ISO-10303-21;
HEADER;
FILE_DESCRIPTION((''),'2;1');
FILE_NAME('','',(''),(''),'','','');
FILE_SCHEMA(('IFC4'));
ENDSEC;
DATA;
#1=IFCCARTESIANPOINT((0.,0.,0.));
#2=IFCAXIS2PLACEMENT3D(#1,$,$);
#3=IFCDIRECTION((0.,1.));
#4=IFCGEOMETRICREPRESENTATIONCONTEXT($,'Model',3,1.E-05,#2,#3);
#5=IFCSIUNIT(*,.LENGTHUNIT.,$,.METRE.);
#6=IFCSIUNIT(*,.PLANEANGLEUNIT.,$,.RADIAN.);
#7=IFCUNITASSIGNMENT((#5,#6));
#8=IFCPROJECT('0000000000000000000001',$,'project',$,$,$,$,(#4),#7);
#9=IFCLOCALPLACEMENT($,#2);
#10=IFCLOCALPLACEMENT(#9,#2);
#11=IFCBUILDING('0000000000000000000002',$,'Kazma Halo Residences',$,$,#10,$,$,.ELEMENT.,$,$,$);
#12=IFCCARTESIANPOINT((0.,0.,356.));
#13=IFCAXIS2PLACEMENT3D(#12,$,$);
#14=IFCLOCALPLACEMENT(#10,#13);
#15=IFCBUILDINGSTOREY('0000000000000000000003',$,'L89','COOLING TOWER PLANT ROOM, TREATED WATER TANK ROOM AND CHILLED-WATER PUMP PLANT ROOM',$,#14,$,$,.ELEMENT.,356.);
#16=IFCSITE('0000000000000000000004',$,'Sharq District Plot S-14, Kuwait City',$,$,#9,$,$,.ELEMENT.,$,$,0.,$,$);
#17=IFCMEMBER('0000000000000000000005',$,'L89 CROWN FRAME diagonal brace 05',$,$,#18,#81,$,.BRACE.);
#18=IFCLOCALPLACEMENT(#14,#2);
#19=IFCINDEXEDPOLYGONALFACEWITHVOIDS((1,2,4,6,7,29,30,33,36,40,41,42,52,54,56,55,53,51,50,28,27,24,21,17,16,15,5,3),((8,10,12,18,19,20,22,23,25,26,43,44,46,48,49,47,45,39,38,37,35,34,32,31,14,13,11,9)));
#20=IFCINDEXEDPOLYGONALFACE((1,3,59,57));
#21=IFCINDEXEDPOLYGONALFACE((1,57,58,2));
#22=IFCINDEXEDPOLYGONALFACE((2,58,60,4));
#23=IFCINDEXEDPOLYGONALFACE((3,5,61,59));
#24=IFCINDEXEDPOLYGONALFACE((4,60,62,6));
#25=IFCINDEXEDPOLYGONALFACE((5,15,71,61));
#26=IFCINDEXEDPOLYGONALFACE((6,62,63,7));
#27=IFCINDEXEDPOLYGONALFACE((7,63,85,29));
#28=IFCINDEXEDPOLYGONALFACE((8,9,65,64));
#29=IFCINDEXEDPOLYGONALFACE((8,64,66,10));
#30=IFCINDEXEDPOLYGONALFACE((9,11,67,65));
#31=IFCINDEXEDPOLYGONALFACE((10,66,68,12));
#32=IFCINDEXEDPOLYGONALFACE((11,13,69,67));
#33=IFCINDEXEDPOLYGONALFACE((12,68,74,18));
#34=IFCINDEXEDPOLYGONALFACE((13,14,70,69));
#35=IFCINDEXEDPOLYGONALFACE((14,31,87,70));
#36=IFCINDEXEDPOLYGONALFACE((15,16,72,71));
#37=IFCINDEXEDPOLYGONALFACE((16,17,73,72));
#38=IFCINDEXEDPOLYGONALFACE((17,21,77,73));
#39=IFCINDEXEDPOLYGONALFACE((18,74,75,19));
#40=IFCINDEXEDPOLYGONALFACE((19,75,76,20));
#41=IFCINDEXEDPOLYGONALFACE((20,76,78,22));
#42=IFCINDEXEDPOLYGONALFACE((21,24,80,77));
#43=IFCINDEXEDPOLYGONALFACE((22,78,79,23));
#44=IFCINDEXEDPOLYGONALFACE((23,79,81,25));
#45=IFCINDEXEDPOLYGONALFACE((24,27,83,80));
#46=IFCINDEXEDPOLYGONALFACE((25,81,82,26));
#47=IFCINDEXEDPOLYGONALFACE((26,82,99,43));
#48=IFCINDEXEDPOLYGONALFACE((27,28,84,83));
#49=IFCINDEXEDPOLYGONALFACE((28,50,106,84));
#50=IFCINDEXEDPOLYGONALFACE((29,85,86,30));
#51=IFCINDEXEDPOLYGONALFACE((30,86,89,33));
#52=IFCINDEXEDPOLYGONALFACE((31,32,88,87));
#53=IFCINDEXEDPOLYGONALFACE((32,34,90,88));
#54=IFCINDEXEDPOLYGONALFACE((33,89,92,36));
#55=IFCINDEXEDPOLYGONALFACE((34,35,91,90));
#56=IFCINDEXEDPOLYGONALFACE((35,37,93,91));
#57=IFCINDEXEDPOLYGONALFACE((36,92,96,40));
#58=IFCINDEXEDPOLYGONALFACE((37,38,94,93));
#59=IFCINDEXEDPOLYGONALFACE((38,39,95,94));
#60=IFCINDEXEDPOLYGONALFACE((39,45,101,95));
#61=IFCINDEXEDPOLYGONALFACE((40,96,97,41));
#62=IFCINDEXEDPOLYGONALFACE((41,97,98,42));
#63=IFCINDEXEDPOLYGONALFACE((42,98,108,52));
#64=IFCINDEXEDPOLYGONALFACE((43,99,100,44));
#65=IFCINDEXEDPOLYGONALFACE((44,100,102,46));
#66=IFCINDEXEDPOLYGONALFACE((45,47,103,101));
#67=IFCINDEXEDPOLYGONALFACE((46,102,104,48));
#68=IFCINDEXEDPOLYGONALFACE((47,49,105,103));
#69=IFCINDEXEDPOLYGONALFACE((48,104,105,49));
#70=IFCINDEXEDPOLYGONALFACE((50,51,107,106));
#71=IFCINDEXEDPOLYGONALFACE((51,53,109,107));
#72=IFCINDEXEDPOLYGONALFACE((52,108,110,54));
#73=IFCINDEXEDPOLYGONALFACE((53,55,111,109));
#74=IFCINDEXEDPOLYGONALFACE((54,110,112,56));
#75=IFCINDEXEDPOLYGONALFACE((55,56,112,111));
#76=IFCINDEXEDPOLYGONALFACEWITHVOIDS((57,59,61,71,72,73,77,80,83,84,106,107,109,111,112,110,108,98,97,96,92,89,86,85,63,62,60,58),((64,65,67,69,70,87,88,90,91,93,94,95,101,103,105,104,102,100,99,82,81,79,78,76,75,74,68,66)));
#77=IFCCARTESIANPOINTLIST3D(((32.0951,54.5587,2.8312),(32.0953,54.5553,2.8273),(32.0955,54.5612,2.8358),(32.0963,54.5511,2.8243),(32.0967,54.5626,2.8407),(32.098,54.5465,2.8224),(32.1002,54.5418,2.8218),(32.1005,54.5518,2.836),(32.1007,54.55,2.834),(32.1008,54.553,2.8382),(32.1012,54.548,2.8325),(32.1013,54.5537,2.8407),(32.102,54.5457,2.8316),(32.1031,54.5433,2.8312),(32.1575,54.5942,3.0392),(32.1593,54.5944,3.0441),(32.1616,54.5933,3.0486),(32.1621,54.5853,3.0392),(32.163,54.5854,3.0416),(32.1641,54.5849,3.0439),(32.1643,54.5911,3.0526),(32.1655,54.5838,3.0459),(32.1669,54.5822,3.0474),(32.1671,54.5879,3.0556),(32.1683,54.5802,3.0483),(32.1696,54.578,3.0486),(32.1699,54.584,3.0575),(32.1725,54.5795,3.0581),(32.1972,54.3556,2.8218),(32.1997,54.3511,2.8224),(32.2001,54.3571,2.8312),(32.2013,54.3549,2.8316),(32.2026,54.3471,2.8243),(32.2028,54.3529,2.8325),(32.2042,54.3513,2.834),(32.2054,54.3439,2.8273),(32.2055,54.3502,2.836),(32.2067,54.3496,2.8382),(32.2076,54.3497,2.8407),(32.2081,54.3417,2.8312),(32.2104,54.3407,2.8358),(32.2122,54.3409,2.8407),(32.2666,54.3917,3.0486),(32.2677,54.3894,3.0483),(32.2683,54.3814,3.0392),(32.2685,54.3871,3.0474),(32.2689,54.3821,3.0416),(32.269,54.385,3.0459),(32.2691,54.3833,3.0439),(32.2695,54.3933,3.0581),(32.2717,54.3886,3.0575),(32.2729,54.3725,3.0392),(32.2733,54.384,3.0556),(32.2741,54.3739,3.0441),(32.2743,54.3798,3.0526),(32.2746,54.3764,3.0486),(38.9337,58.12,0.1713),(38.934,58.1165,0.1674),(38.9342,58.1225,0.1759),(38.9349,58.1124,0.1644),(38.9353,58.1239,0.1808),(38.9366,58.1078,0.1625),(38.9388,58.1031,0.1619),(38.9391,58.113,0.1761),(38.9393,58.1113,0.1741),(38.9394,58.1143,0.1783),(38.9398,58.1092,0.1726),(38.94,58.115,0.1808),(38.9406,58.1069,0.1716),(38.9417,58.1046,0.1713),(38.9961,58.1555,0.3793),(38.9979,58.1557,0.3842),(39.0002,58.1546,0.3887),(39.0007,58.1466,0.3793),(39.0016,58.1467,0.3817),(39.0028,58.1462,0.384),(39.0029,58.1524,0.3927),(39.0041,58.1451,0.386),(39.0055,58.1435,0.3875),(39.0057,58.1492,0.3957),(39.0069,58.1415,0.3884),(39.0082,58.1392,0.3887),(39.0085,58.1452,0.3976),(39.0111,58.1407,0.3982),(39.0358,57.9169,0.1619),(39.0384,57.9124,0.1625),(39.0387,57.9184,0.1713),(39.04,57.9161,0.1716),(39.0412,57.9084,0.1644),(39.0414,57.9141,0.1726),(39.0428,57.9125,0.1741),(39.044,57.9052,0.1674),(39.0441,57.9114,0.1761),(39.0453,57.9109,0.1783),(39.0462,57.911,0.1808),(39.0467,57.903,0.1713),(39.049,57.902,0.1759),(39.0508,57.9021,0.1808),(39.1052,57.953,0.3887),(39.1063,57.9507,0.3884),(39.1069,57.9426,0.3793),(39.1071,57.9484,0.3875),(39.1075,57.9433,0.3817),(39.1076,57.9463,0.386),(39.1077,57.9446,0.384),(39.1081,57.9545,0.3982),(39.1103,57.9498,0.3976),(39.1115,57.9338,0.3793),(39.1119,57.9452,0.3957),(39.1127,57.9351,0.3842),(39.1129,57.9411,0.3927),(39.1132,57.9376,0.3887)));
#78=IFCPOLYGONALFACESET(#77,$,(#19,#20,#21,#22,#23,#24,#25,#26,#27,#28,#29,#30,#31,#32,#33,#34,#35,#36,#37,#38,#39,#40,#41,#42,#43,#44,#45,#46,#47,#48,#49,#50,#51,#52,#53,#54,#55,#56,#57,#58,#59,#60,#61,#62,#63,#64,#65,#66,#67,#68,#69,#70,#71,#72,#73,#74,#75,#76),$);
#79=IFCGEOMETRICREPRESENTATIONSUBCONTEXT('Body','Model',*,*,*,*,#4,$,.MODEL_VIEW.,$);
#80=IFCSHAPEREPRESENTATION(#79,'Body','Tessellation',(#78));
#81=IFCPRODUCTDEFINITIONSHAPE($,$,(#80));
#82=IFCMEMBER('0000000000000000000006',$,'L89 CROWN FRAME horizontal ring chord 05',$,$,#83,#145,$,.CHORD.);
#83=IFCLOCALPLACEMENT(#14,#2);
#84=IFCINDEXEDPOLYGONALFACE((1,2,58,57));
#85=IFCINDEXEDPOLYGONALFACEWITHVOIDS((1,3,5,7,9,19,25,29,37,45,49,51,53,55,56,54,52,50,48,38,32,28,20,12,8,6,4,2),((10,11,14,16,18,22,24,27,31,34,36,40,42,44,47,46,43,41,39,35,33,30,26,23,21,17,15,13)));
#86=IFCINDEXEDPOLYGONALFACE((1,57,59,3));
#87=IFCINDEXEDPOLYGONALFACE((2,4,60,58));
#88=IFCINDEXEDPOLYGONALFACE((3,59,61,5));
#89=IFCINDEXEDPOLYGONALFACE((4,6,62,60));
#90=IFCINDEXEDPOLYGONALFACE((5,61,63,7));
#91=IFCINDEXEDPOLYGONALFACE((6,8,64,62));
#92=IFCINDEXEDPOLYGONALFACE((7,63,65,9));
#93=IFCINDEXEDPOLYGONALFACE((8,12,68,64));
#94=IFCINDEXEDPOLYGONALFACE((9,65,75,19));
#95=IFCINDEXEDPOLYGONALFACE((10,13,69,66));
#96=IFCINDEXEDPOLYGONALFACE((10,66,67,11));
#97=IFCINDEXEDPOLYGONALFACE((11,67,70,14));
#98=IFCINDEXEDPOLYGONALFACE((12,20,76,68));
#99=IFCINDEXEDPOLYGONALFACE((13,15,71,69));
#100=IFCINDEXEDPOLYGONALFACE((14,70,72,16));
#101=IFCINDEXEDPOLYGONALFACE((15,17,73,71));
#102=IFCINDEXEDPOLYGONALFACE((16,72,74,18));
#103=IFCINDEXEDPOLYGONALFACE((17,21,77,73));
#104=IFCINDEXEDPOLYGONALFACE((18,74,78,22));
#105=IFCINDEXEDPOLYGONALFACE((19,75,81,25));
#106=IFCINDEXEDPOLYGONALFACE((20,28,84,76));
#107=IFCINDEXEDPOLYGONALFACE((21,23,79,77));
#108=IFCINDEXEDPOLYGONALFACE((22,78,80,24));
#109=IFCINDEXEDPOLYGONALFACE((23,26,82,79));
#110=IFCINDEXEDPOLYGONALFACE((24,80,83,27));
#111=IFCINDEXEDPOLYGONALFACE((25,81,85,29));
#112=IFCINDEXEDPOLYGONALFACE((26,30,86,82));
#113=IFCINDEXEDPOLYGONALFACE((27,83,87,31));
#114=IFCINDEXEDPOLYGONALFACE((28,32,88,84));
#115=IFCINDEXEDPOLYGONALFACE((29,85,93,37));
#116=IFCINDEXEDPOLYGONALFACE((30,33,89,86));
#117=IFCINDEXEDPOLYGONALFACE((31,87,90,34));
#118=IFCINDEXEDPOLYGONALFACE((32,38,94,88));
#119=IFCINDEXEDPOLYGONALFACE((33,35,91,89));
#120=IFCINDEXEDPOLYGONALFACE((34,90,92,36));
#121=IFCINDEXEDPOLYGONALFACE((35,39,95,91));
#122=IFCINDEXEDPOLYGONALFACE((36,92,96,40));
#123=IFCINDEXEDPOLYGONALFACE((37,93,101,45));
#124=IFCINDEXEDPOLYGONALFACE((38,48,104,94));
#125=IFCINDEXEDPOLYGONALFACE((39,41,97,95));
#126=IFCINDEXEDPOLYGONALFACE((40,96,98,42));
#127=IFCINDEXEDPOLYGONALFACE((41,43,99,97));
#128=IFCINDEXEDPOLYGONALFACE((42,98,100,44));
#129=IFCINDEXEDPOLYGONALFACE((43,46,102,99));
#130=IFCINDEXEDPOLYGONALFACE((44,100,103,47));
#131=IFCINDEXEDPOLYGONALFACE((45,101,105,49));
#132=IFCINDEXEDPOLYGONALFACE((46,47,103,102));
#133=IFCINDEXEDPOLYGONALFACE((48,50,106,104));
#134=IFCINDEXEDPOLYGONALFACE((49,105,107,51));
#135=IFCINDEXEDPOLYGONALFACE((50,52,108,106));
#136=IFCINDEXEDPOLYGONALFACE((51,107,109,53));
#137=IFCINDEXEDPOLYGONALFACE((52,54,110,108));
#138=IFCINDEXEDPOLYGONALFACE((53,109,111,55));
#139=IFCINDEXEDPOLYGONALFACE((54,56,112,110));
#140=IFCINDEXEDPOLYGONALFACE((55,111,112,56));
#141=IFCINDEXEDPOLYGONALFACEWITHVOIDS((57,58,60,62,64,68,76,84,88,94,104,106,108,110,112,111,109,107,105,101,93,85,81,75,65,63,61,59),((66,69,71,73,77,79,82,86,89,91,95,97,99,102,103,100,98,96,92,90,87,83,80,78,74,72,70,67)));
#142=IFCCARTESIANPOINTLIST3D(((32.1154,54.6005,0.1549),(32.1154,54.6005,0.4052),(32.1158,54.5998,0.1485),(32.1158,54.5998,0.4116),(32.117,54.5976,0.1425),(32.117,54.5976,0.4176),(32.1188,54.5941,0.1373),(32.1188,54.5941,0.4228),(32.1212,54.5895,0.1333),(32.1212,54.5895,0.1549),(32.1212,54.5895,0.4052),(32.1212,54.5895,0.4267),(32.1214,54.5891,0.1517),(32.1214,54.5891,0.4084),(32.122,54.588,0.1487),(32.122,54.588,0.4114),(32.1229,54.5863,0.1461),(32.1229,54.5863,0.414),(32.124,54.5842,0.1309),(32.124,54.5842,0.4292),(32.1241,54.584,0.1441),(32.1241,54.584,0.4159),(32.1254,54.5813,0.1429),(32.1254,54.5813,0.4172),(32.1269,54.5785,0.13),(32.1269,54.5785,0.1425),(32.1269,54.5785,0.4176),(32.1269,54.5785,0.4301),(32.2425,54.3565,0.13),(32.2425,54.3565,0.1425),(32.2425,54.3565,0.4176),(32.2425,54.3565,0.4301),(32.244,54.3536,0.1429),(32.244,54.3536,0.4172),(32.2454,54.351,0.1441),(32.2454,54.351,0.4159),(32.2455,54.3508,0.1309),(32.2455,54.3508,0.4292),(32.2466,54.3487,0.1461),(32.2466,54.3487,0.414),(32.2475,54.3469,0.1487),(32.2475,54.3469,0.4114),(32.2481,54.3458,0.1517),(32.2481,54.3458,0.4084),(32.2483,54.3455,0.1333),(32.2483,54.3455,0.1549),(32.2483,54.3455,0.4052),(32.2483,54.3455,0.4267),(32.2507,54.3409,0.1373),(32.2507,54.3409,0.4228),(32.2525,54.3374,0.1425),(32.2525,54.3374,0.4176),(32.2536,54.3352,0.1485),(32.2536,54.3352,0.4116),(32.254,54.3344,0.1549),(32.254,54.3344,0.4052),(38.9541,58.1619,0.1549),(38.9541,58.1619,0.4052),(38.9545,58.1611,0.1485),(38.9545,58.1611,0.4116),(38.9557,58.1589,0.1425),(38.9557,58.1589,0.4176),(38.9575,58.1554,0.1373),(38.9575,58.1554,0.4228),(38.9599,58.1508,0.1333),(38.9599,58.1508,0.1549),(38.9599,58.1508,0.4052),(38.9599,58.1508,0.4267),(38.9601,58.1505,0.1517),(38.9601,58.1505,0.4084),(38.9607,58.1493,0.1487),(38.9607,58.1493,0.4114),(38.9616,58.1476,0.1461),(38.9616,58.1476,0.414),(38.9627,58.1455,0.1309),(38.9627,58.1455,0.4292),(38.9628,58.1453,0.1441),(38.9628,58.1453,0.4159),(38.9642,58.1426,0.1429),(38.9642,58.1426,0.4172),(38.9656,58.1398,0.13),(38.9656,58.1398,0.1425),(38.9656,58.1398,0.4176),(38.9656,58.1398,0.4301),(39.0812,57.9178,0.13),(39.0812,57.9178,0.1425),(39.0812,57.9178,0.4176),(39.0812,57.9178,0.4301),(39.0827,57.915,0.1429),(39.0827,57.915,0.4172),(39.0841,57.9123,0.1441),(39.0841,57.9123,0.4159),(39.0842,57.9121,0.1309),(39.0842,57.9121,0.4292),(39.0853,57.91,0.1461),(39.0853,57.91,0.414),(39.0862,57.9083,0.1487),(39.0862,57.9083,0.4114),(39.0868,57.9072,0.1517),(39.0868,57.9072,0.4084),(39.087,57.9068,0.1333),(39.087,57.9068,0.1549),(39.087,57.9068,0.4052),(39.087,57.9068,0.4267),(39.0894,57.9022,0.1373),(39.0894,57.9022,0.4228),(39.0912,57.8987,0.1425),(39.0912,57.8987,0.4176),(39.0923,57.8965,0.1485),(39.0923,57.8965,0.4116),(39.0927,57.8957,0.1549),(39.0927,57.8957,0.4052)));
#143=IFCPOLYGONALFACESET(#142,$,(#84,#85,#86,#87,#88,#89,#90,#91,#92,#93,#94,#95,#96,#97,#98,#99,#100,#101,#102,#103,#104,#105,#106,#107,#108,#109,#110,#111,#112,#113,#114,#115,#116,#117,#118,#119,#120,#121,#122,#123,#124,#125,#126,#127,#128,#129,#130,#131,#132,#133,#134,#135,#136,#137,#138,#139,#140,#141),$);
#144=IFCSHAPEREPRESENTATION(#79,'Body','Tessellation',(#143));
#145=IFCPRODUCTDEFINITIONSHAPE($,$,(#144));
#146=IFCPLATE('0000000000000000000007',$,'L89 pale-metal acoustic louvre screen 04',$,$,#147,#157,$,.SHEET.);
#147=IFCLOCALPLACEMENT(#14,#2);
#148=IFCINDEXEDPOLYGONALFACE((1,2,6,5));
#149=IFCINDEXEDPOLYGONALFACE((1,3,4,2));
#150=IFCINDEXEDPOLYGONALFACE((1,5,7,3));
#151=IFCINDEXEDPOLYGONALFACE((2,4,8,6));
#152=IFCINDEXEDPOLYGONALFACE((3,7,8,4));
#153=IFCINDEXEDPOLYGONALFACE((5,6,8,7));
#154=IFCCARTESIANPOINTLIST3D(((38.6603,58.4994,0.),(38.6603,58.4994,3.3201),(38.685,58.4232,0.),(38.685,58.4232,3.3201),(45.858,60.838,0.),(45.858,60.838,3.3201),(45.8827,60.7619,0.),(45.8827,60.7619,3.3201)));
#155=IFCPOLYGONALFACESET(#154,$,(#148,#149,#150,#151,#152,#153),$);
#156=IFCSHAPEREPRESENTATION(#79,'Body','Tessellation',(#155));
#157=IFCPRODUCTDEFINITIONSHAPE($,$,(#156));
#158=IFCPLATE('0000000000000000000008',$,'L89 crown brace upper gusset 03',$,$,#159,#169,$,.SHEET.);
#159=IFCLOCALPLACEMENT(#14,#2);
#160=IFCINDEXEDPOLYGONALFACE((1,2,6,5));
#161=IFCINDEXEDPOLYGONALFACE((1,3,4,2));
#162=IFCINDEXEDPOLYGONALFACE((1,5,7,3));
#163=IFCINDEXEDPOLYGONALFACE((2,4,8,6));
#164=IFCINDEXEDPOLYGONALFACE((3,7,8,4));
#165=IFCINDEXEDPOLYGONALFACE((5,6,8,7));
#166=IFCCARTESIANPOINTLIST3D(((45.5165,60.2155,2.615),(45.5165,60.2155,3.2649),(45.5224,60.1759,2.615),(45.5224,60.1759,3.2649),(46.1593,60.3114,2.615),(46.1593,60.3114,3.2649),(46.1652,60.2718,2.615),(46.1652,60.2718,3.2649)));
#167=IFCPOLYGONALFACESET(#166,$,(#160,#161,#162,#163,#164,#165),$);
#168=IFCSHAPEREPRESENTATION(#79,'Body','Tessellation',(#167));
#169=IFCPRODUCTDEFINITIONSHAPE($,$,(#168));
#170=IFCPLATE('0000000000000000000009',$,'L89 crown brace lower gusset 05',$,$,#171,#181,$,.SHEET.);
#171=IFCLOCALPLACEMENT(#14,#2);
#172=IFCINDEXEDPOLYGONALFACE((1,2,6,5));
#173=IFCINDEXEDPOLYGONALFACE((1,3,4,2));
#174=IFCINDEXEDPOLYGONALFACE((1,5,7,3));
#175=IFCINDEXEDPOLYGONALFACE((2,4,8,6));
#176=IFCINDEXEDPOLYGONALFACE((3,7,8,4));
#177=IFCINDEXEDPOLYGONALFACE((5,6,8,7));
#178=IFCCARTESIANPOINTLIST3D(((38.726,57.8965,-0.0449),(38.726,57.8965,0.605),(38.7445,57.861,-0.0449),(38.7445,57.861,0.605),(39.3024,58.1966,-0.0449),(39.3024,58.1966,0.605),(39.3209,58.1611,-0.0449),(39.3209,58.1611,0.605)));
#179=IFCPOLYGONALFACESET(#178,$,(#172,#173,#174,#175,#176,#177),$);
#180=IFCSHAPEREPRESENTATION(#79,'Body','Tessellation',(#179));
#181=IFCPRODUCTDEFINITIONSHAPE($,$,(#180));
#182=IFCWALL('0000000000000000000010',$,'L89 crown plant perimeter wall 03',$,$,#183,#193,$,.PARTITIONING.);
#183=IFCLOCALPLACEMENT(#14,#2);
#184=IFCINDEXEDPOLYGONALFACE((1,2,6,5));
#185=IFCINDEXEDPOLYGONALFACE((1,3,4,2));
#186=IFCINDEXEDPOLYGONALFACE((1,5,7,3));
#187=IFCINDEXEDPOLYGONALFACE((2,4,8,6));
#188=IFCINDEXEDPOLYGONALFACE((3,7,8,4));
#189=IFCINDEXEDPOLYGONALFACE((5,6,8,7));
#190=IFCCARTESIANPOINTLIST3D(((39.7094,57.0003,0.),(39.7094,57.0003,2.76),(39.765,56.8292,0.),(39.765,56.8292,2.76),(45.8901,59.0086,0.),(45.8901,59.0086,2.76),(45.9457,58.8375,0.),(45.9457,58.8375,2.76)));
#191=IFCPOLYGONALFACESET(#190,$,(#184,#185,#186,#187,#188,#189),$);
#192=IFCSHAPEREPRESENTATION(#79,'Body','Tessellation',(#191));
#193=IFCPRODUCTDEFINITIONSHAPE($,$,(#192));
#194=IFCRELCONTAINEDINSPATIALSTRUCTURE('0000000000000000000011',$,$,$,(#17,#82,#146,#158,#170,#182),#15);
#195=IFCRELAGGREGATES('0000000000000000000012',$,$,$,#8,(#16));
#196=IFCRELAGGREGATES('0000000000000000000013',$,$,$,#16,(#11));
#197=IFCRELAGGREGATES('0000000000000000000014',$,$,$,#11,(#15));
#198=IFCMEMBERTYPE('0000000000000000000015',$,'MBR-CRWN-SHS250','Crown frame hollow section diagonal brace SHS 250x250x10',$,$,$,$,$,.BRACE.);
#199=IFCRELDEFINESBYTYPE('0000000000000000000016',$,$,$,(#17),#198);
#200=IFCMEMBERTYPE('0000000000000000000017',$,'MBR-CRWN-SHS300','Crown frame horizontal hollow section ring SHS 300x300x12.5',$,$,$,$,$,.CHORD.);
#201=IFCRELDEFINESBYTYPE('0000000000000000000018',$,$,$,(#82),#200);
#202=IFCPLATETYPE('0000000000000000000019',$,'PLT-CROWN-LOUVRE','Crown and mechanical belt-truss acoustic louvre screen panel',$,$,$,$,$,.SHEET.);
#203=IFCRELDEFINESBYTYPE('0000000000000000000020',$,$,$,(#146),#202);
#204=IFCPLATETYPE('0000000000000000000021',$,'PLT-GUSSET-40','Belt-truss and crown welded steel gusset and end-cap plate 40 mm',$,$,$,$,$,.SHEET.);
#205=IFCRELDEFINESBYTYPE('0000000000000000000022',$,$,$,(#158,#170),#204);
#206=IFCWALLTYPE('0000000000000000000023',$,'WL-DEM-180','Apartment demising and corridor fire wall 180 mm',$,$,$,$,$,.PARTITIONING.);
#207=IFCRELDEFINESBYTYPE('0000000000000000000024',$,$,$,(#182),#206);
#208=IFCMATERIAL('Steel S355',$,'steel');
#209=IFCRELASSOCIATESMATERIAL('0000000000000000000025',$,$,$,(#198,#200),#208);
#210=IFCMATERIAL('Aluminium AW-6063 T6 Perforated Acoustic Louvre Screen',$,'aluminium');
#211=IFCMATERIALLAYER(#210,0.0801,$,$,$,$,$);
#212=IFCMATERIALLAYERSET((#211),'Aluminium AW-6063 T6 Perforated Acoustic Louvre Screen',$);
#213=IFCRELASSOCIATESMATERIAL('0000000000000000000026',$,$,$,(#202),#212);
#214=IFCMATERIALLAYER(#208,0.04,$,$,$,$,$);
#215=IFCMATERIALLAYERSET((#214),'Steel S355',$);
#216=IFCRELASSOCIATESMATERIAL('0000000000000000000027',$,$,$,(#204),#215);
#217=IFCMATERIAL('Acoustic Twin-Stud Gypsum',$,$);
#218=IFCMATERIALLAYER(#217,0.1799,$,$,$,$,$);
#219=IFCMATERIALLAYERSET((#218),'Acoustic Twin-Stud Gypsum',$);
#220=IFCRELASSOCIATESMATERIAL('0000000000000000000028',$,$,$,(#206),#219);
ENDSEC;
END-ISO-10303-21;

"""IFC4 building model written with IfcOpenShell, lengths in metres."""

from ifc_helpers import new_model, si_unit, direction, frame, frame_2d, origin, origin_2d, place, context, subcontext, project, spatial, rectangle, hollow_rectangle, extrude, material, layer, layer_set, material_profile, profile_set, type_object, element, save


model = new_model("IFC4")

# Units and contexts
model_context = context("Model", 3, precision=1e-05, world=origin(), true_north=direction((0.0, 1.0)))
body_context = subcontext(model_context, "Body", "Model", "MODEL_VIEW")
ifc_project = project(units=[si_unit("LENGTHUNIT", "METRE"), si_unit("PLANEANGLEUNIT", "RADIAN")], contexts=[model_context])

# Site, building, storey
site_placement = place(None, origin())
site = spatial("IfcSite", under=ifc_project, at=site_placement, Name="Sharq District Plot S-14, Kuwait City", CompositionType="ELEMENT", RefElevation=0.0)
building_placement = place(site_placement, origin())
building = spatial("IfcBuilding", under=site, at=building_placement, Name="Kazma Halo Residences", CompositionType="ELEMENT")
storey_placement = place(building_placement, frame((0.0, 0.0, 356.0)))
storey = spatial("IfcBuildingStorey", under=building, at=storey_placement, Name="L89", Description="COOLING TOWER PLANT ROOM, TREATED WATER TANK ROOM AND CHILLED-WATER PUMP PLANT ROOM", CompositionType="ELEMENT", Elevation=356.0)

# Shared definitions
ifc_material_1 = material(Name="Steel S355", Category="steel")

# Members
ifc_material_profile_1 = material_profile(ifc_material_1, hollow_rectangle(XDim=0.25, YDim=0.25, WallThickness=0.01, InnerFilletRadius=0.01, OuterFilletRadius=0.02, at=origin_2d()), Name="SHS250x250x10")
ifc_profile_set_1 = profile_set([ifc_material_profile_1], Name="Steel S355")
member_type_1 = type_object("IfcMemberType", Name="MBR-CRWN-SHS250", Description="Crown frame hollow section diagonal brace SHS 250x250x10", PredefinedType="BRACE", material=ifc_profile_set_1)
member_1_placement = place(storey_placement, frame((39.0234, 58.0288, 0.28), z_axis=(-0.838451, -0.436631, 0.326119), x_axis=(0.461883, -0.886941, 0.0)))
element("IfcMember", 1, at=member_1_placement, inside=storey, type_object=member_type_1, Name="L89 CROWN FRAME diagonal brace 05", PredefinedType="BRACE", context=body_context, shape_type="SweptSolid", body=[
    extrude(hollow_rectangle(XDim=0.25, YDim=0.25, WallThickness=0.01, InnerFilletRadius=0.01, OuterFilletRadius=0.02, at=origin_2d()), origin(), (0.0, 0.0, 1.0), 8.1562),
])
ifc_material_profile_2 = material_profile(ifc_material_1, hollow_rectangle(XDim=0.3, YDim=0.3, WallThickness=0.0125, InnerFilletRadius=0.0125, OuterFilletRadius=0.0249, at=origin_2d()), Name="SHS300x300x12.5")
ifc_profile_set_2 = profile_set([ifc_material_profile_2], Name="Steel S355")
member_type_2 = type_object("IfcMemberType", Name="MBR-CRWN-SHS300", Description="Crown frame horizontal hollow section ring SHS 300x300x12.5", PredefinedType="CHORD", material=ifc_profile_set_2)
member_2_placement = place(storey_placement, frame((39.0234, 58.0288, 0.28), z_axis=(-0.886941, -0.461883, 0.0), x_axis=(0.461883, -0.886941, 0.0)))
element("IfcMember", 2, at=member_2_placement, inside=storey, type_object=member_type_2, Name="L89 CROWN FRAME horizontal ring chord 05", PredefinedType="CHORD", context=body_context, shape_type="SweptSolid", body=[
    extrude(hollow_rectangle(XDim=0.3, YDim=0.3, WallThickness=0.0125, InnerFilletRadius=0.0125, OuterFilletRadius=0.0249, at=origin_2d()), origin(), (0.0, 0.0, 1.0), 7.7104),
])

# Plates
ifc_material_2 = material(Name="Aluminium AW-6063 T6 Perforated Acoustic Louvre Screen", Category="aluminium")
ifc_layer_1 = layer(ifc_material_2, 0.0801)
ifc_layer_set_1 = layer_set([ifc_layer_1], Name="Aluminium AW-6063 T6 Perforated Acoustic Louvre Screen")
plate_type_1 = type_object("IfcPlateType", Name="PLT-CROWN-LOUVRE", Description="Crown and mechanical belt-truss acoustic louvre screen panel", PredefinedType="SHEET", material=ifc_layer_set_1)
plate_placement = place(storey_placement, frame((42.2715, 59.6306, 0.0), z_axis=(0.0, 0.0, 1.0), x_axis=(-0.951058, -0.309012, 0.0)))
element("IfcPlate", 3, at=plate_placement, inside=storey, type_object=plate_type_1, Name="L89 pale-metal acoustic louvre screen 04", PredefinedType="SHEET", context=body_context, shape_type="SweptSolid", body=[
    extrude(rectangle(XDim=7.5681, YDim=0.0801, at=origin_2d()), origin(), (0.0, 0.0, 1.0), 3.3201),
])
ifc_layer_2 = layer(ifc_material_1, 0.04)
ifc_layer_set_2 = layer_set([ifc_layer_2], Name="Steel S355")
plate_type_2 = type_object("IfcPlateType", Name="PLT-GUSSET-40", Description="Belt-truss and crown welded steel gusset and end-cap plate 40 mm", PredefinedType="SHEET", material=ifc_layer_set_2)
for number, where, z_axis, x_axis, name in (
    (4, (45.8408, 60.2437, 2.615), (0.0, 0.0, 1.0), (-0.989034, -0.147687, 0.0), "L89 crown brace upper gusset 03"),
    (5, (39.0234, 58.0288, -0.0449), (0.0, 0.0, 1.0), (-0.88695, -0.461866, 0.0), "L89 crown brace lower gusset 05"),
):
    element("IfcPlate", number, at=place(storey_placement, frame(where, z_axis=z_axis, x_axis=x_axis)), inside=storey, type_object=plate_type_2, Name=name, PredefinedType="SHEET", context=body_context, shape_type="SweptSolid", body=[
        extrude(rectangle(XDim=0.6499, YDim=0.04, at=origin_2d()), origin(), (0.0, 0.0, 1.0), 0.6499),
    ])

# Wall
ifc_material_3 = material(Name="Acoustic Twin-Stud Gypsum")
ifc_layer_3 = layer(ifc_material_3, 0.1799)
ifc_layer_set_3 = layer_set([ifc_layer_3], Name="Acoustic Twin-Stud Gypsum")
wall_type_1 = type_object("IfcWallType", Name="WL-DEM-180", Description="Apartment demising and corridor fire wall 180 mm", PredefinedType="PARTITIONING", material=ifc_layer_set_3)
wall_1_placement = place(storey_placement, frame((45.918, 58.9231, 0.0), z_axis=(0.0, 0.0, 1.0), x_axis=(-0.951053, -0.309028, 0.0)))
element("IfcWall", 6, at=wall_1_placement, inside=storey, type_object=wall_type_1, Name="L89 crown plant perimeter wall 03", PredefinedType="PARTITIONING", context=body_context, shape_type="SweptSolid", body=[
    extrude(rectangle(XDim=6.4988, YDim=0.1799, at=frame_2d((3.2495, 0.0))), origin(), (0.0, 0.0, 1.0), 2.76),
])

save(model, "model.ifc")
